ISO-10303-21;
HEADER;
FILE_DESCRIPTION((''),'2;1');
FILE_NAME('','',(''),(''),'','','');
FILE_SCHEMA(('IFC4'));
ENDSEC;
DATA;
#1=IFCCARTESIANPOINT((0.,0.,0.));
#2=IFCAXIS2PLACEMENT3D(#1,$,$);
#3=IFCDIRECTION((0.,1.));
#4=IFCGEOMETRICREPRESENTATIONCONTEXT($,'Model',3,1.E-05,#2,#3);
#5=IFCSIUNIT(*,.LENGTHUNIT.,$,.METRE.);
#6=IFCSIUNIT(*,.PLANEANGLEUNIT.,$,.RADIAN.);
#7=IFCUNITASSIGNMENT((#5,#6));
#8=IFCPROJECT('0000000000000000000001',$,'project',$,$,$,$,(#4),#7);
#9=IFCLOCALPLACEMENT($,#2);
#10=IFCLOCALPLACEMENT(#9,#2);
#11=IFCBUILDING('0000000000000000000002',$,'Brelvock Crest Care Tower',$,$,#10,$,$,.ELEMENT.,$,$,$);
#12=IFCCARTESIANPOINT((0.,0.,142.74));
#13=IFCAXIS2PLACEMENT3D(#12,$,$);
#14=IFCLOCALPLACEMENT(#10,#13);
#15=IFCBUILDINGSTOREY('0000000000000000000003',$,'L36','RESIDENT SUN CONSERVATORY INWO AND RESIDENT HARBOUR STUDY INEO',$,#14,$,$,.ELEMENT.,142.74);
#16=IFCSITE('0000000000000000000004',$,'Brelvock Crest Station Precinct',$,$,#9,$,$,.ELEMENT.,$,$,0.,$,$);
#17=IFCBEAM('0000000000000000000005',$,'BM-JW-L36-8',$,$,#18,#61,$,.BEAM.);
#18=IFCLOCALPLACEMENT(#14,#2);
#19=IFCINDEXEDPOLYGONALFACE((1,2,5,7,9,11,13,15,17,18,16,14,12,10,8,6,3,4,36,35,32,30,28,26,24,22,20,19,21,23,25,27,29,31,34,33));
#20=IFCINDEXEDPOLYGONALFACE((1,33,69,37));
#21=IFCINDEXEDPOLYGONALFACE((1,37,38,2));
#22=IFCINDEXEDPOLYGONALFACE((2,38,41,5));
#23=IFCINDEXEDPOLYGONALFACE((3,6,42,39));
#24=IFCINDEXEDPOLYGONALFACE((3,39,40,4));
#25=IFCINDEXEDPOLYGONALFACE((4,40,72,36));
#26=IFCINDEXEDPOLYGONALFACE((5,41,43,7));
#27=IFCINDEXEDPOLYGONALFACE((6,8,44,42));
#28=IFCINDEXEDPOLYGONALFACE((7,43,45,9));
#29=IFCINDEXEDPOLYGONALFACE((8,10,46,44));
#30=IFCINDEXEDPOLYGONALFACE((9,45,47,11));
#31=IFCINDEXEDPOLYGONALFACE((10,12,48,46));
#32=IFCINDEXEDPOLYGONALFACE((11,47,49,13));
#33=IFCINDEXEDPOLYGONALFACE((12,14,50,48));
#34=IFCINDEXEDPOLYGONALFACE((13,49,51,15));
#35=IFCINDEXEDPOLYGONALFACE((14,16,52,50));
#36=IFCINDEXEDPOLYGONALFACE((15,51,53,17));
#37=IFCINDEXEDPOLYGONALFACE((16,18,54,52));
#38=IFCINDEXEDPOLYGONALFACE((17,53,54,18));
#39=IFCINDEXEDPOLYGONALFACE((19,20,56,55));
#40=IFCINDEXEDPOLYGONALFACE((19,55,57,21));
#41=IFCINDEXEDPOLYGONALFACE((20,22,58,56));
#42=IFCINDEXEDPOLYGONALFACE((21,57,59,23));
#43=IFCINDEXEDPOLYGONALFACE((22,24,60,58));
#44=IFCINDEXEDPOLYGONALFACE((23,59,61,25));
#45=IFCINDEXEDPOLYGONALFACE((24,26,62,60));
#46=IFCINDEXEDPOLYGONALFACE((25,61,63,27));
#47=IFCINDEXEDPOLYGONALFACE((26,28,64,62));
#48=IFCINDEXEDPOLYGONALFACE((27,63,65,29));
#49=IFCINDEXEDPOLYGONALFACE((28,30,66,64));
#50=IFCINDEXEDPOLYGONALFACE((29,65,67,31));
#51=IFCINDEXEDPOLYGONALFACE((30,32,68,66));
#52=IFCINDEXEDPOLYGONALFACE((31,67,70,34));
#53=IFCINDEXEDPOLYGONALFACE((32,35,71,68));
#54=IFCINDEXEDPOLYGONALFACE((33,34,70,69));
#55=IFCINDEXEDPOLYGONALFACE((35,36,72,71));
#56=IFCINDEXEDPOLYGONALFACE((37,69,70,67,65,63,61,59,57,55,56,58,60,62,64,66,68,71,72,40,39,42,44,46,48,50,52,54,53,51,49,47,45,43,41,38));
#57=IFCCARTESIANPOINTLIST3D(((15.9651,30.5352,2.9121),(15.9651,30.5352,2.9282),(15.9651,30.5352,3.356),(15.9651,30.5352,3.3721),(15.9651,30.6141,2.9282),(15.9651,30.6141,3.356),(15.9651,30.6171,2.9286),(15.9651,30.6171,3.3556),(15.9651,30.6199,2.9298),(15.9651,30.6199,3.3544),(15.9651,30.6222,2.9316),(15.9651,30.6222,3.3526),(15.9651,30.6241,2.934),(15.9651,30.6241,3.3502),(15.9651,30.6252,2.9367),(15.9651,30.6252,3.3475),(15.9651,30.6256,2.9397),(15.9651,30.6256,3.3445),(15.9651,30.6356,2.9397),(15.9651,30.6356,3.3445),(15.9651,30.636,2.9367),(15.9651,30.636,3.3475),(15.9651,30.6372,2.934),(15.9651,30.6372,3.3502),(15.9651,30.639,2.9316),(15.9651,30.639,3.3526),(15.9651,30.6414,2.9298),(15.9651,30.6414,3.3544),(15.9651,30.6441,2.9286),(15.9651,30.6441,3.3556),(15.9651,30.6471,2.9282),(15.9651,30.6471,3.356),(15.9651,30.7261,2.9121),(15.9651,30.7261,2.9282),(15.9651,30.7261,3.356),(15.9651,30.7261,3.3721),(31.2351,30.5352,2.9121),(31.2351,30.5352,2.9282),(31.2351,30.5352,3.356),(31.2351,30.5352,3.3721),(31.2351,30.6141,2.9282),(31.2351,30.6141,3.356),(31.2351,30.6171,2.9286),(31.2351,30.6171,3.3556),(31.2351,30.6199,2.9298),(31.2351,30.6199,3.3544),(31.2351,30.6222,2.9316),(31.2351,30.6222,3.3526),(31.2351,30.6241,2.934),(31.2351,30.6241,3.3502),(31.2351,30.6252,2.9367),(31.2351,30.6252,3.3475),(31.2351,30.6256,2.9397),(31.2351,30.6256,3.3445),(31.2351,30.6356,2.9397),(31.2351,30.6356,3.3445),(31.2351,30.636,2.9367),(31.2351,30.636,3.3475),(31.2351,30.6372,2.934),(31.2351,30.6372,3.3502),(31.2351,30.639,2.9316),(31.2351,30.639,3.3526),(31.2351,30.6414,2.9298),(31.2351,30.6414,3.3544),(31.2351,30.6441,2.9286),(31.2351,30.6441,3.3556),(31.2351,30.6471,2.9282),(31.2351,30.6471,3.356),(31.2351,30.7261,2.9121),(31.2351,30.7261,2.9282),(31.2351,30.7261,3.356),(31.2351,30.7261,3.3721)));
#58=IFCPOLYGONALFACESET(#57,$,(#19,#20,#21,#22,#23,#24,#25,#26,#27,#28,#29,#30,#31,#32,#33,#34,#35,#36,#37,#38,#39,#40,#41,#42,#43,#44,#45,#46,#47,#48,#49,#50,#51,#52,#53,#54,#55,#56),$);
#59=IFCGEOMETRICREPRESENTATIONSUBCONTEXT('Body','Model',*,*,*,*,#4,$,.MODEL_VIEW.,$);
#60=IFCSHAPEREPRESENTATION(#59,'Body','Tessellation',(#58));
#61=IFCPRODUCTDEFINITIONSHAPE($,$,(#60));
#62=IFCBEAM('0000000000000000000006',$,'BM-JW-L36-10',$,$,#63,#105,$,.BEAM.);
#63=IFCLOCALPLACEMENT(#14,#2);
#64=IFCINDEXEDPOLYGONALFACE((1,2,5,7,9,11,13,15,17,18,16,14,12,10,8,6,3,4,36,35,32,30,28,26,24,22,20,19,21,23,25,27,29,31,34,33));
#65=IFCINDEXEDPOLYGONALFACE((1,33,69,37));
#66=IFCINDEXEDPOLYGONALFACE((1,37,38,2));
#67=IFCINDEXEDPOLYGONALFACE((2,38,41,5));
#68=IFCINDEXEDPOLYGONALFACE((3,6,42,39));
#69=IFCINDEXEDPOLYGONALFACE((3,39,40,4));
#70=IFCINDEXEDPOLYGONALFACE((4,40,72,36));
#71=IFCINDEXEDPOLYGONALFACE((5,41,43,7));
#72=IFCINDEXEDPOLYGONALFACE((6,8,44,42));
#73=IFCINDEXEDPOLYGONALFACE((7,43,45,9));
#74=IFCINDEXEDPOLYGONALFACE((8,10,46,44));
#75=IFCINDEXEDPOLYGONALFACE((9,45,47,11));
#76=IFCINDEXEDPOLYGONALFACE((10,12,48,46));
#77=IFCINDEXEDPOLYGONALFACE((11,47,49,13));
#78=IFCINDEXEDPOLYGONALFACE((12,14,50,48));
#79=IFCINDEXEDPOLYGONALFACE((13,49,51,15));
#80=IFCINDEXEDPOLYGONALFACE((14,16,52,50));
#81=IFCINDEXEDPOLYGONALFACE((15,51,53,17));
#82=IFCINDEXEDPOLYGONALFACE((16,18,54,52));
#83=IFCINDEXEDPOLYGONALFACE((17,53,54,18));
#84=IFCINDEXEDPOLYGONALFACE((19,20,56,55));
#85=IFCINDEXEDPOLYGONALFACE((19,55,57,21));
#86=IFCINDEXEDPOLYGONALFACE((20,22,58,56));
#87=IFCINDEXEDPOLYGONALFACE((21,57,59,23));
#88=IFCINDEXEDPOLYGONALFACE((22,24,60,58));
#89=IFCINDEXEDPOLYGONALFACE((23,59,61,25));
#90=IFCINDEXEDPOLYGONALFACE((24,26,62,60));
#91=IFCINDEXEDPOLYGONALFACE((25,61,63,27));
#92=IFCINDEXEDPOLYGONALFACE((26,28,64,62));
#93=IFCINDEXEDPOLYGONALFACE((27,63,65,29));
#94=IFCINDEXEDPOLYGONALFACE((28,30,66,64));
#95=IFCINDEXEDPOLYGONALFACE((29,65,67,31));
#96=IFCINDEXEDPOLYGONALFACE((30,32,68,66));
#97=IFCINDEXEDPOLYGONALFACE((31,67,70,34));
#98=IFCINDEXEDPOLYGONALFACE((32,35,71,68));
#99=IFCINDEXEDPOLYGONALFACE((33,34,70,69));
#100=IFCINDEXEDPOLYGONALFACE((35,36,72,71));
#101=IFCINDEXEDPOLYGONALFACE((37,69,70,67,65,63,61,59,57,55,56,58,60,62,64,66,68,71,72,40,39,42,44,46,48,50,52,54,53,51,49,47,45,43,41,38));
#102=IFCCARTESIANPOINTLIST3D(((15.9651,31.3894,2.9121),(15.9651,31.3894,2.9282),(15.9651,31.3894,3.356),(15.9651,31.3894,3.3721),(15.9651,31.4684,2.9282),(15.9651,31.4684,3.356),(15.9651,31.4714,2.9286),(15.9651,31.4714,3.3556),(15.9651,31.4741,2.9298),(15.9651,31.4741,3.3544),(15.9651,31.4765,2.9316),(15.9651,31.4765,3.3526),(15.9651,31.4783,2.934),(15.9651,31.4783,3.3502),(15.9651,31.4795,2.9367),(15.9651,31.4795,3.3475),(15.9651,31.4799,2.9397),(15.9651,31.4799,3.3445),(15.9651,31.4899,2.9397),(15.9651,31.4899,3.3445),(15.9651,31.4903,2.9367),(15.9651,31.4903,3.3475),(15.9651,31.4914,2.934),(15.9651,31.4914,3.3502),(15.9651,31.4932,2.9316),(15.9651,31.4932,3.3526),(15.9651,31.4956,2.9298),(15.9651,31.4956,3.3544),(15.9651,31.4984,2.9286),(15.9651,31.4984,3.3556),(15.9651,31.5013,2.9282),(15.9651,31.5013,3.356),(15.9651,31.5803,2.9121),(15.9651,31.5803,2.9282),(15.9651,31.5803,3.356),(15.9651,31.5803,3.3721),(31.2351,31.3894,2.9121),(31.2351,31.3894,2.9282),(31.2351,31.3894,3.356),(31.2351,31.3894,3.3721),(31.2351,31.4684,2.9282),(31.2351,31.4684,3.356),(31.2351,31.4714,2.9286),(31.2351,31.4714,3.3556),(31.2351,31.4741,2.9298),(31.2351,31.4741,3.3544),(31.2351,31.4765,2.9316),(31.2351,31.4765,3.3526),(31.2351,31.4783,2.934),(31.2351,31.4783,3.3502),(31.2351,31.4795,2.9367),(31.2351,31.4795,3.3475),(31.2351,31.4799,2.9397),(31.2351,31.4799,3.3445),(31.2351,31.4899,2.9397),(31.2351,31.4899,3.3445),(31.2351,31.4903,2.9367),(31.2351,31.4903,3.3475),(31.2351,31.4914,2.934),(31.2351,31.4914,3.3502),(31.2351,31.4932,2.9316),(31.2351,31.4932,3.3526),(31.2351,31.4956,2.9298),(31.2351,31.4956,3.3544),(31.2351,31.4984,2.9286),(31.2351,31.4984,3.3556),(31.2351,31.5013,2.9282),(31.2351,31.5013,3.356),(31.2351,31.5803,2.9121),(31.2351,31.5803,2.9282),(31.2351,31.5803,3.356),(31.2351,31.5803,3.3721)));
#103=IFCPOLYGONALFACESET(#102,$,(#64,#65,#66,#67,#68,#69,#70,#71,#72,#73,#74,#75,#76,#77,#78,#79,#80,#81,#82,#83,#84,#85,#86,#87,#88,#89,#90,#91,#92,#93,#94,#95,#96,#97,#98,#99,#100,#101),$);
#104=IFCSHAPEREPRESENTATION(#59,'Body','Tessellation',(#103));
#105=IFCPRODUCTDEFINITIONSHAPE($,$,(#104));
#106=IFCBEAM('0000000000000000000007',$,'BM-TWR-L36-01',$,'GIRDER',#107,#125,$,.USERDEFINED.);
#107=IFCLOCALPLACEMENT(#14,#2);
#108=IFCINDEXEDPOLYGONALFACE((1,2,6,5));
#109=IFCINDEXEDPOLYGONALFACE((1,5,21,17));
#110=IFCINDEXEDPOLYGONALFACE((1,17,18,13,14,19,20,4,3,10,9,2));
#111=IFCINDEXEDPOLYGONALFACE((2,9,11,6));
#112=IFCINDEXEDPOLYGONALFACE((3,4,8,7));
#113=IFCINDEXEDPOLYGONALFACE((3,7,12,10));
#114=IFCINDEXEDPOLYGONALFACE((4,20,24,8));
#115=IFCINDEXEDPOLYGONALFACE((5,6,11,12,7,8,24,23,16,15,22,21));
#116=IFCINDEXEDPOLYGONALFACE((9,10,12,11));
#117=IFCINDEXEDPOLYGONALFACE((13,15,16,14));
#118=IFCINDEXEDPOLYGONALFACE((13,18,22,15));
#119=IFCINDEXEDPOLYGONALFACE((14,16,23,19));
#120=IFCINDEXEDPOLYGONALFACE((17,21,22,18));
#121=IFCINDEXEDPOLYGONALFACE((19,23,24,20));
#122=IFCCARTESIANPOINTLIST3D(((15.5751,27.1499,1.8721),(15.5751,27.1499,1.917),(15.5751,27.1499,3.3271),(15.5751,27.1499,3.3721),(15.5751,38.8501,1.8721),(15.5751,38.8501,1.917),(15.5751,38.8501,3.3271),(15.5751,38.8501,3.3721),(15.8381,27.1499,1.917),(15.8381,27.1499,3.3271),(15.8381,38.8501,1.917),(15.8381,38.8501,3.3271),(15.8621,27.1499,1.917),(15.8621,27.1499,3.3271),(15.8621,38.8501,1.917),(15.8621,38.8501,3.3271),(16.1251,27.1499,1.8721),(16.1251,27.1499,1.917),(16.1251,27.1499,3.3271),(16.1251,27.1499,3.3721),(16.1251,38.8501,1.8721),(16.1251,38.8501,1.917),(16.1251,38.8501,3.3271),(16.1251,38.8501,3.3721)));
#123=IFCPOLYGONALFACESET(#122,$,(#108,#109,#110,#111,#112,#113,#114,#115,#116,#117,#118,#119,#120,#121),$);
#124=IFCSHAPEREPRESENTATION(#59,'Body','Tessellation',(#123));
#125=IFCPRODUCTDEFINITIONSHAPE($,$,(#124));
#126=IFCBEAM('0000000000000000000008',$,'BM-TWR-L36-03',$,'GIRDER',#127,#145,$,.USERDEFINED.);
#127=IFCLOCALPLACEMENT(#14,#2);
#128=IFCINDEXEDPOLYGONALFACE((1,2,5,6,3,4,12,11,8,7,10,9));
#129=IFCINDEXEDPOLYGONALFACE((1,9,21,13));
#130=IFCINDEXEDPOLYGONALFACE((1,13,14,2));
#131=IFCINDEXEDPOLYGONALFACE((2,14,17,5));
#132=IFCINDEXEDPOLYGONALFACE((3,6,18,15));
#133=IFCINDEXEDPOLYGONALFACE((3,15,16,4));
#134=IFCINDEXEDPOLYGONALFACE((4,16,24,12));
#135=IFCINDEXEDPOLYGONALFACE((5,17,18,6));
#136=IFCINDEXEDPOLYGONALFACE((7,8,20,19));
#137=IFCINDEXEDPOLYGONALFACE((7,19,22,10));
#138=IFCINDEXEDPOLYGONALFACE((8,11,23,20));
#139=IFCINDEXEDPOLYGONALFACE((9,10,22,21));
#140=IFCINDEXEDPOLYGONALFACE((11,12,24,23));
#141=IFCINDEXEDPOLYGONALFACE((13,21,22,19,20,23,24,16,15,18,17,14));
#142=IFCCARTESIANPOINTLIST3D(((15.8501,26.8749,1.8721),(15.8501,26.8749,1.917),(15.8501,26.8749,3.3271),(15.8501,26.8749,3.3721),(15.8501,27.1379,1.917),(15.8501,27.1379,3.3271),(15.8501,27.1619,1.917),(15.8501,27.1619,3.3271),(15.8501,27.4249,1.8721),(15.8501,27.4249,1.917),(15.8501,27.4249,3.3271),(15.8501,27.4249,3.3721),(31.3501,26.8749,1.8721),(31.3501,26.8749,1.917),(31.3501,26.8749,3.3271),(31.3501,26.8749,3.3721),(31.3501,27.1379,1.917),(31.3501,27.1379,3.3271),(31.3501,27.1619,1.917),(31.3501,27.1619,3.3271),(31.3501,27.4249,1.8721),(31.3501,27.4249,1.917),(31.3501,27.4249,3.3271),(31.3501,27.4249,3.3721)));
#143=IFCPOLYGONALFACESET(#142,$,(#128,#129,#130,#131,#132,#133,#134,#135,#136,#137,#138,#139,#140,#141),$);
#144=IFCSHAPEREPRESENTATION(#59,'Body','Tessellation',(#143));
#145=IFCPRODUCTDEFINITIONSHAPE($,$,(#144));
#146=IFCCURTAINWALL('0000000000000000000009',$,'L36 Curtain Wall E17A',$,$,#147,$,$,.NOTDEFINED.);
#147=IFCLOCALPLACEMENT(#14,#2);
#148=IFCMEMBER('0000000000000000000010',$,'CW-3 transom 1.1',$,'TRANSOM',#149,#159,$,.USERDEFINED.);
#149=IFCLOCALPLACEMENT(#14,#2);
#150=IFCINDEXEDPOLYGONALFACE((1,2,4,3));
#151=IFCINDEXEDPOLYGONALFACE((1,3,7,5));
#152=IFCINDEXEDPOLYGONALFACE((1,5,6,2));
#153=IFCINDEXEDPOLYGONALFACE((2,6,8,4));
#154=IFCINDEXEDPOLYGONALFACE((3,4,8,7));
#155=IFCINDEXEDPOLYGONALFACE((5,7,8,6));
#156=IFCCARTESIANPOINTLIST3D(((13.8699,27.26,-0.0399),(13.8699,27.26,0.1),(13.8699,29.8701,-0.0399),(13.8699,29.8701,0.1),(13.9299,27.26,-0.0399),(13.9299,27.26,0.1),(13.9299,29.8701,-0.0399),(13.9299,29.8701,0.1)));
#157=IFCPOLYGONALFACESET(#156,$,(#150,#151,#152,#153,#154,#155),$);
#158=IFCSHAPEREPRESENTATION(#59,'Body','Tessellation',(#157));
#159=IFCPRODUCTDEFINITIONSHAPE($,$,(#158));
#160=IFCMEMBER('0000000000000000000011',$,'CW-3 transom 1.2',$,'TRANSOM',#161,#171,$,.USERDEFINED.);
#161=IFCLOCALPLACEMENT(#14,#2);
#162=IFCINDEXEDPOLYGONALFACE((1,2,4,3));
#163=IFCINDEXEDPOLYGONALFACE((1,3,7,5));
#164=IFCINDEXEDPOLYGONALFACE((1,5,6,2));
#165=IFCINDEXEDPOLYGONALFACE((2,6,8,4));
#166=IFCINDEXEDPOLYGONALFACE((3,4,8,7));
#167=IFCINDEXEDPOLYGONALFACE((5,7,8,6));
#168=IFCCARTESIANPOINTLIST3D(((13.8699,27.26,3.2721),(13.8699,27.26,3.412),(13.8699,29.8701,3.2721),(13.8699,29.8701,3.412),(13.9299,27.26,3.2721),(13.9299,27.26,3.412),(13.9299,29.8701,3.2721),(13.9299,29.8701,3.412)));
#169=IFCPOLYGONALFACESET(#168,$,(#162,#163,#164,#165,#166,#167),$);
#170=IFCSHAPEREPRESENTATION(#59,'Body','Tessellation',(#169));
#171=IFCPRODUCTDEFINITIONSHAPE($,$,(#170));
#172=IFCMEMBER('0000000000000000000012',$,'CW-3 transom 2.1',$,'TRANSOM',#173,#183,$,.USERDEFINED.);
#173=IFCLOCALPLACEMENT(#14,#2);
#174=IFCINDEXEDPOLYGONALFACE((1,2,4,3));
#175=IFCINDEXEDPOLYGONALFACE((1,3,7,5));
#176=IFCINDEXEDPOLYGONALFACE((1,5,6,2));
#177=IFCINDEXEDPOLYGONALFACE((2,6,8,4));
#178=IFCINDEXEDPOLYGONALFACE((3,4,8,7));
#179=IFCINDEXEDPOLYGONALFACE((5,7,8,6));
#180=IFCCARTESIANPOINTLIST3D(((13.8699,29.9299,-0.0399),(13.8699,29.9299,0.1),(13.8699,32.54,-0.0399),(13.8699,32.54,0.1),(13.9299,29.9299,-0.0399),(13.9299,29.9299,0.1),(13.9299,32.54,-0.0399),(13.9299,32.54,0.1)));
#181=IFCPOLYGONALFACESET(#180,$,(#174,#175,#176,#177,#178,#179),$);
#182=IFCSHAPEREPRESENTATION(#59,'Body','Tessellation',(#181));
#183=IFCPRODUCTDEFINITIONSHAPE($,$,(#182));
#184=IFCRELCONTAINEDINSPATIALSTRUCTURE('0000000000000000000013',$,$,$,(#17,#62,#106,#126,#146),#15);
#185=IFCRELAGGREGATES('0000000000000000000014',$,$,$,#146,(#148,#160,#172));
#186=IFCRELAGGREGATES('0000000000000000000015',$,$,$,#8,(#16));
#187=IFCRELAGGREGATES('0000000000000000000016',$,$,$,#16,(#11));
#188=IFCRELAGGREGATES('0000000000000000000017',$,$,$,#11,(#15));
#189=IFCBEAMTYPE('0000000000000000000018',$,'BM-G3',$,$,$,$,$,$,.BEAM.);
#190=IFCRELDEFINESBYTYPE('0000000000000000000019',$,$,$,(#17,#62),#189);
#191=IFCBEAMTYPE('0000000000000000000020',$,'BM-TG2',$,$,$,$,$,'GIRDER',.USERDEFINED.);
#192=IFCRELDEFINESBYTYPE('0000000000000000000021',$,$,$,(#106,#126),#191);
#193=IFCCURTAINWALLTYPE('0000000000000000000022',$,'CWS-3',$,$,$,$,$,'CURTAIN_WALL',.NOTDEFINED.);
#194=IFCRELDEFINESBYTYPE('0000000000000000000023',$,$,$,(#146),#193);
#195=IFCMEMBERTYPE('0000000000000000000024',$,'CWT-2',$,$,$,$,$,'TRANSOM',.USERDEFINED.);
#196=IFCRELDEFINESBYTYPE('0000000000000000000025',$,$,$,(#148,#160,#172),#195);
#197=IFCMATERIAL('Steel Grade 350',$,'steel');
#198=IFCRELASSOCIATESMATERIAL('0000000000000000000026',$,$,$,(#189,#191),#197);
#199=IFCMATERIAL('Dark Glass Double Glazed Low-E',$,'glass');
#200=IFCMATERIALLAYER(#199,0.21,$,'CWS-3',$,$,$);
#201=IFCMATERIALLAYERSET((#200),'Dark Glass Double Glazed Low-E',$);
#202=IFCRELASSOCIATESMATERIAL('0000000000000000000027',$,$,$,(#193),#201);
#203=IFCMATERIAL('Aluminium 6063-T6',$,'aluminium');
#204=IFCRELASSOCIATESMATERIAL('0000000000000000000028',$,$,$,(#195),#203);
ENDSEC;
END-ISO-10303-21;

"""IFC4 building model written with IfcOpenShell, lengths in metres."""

from ifc_helpers import new_model, si_unit, direction, frame, origin, origin_2d, place, context, subcontext, project, spatial, rectangle, i_section, extrude, source, transform, mapped, material, layer, layer_set, material_profile, profile_set, type_object, element, aggregate, save


model = new_model("IFC4")

# Units and contexts
model_context = context("Model", 3, precision=1e-05, world=origin(), true_north=direction((0.0, 1.0)))
body_context = subcontext(model_context, "Body", "Model", "MODEL_VIEW")
ifc_project = project(units=[si_unit("LENGTHUNIT", "METRE"), si_unit("PLANEANGLEUNIT", "RADIAN")], contexts=[model_context])

# Site, building, storey
site_placement = place(None, origin())
site = spatial("IfcSite", under=ifc_project, at=site_placement, Name="Brelvock Crest Station Precinct", CompositionType="ELEMENT", RefElevation=0.0)
building_placement = place(site_placement, origin())
building = spatial("IfcBuilding", under=site, at=building_placement, Name="Brelvock Crest Care Tower", CompositionType="ELEMENT")
storey_placement = place(building_placement, frame((0.0, 0.0, 142.74)))
storey = spatial("IfcBuildingStorey", under=building, at=storey_placement, Name="L36", Description="RESIDENT SUN CONSERVATORY INWO AND RESIDENT HARBOUR STUDY INEO", CompositionType="ELEMENT", Elevation=142.74)

# Shared definitions
ifc_material_1 = material(Name="Steel Grade 350", Category="steel")

# Beams
ifc_material_profile_1 = material_profile(ifc_material_1, i_section(OverallWidth=0.1909, OverallDepth=0.46, WebThickness=0.01, FlangeThickness=0.0161, FilletRadius=0.0115, at=origin_2d()), Name="460UB82.1")
ifc_profile_set_1 = profile_set([ifc_material_profile_1], Name="Steel Grade 350")
beam_type_1 = type_object("IfcBeamType", Name="BM-G3", PredefinedType="BEAM", material=ifc_profile_set_1)
shared_shape_1 = source(origin(), body_context, "Body", "SweptSolid", [
    extrude(i_section(OverallWidth=0.1909, OverallDepth=0.46, WebThickness=0.01, FlangeThickness=0.0161, FilletRadius=0.0115, at=origin_2d()), origin(), (0.0, 0.0, 1.0), 15.27),
])
for number, where, z_axis, x_axis, name in (
    (1, (15.9651, 30.6306, 3.1421), (1.0, 0.0, 0.0), (0.0, 1.0, 0.0), "BM-JW-L36-8"),
    (2, (15.9651, 31.4849, 3.1421), (1.0, 0.0, 0.0), (0.0, 1.0, 0.0), "BM-JW-L36-10"),
):
    element("IfcBeam", number, at=place(storey_placement, frame(where, z_axis=z_axis, x_axis=x_axis)), inside=storey, type_object=beam_type_1, Name=name, PredefinedType="BEAM", context=body_context, shape_type="MappedRepresentation", body=[
        mapped(shared_shape_1, transform((0.0, 0.0, 0.0), x_axis=(1.0, 0.0, 0.0), y_axis=(0.0, 1.0, 0.0), z_axis=(0.0, 0.0, 1.0), scale=1.0)),
    ])
ifc_material_profile_2 = material_profile(ifc_material_1, i_section(OverallWidth=0.55, OverallDepth=1.5, WebThickness=0.0239, FlangeThickness=0.0449, at=origin_2d()), Name="1500TG580")
ifc_profile_set_2 = profile_set([ifc_material_profile_2], Name="Steel Grade 350")
beam_type_2 = type_object("IfcBeamType", Name="BM-TG2", ElementType="GIRDER", PredefinedType="USERDEFINED", material=ifc_profile_set_2)
shared_shape_2 = source(origin(), body_context, "Body", "SweptSolid", [
    extrude(i_section(OverallWidth=0.55, OverallDepth=1.5, WebThickness=0.0239, FlangeThickness=0.0449, at=origin_2d()), origin(), (0.0, 0.0, 1.0), 11.7002),
])
beam_1_placement = place(storey_placement, frame((15.8501, 27.1499, 2.6221), z_axis=(0.0, 1.0, 0.0), x_axis=(-1.0, 0.0, 0.0)))
element("IfcBeam", 3, at=beam_1_placement, inside=storey, type_object=beam_type_2, Name="BM-TWR-L36-01", ObjectType="GIRDER", PredefinedType="USERDEFINED", context=body_context, shape_type="MappedRepresentation", body=[
    mapped(shared_shape_2, transform((0.0, 0.0, 0.0), x_axis=(1.0, 0.0, 0.0), y_axis=(0.0, 1.0, 0.0), z_axis=(0.0, 0.0, 1.0), scale=1.0)),
])
shared_shape_3 = source(origin(), body_context, "Body", "SweptSolid", [
    extrude(i_section(OverallWidth=0.55, OverallDepth=1.5, WebThickness=0.0239, FlangeThickness=0.0449, at=origin_2d()), origin(), (0.0, 0.0, 1.0), 15.5),
])
beam_2_placement = place(storey_placement, frame((15.8501, 27.1499, 2.6221), z_axis=(1.0, 0.0, 0.0), x_axis=(0.0, 1.0, 0.0)))
element("IfcBeam", 4, at=beam_2_placement, inside=storey, type_object=beam_type_2, Name="BM-TWR-L36-03", ObjectType="GIRDER", PredefinedType="USERDEFINED", context=body_context, shape_type="MappedRepresentation", body=[
    mapped(shared_shape_3, transform((0.0, 0.0, 0.0), x_axis=(1.0, 0.0, 0.0), y_axis=(0.0, 1.0, 0.0), z_axis=(0.0, 0.0, 1.0), scale=1.0)),
])

# Curtain wall, members
ifc_material_2 = material(Name="Dark Glass Double Glazed Low-E", Category="glass")
ifc_layer_1 = layer(ifc_material_2, 0.21, Name="CWS-3")
ifc_layer_set_1 = layer_set([ifc_layer_1], Name="Dark Glass Double Glazed Low-E")
curtain_wall_type = type_object("IfcCurtainWallType", Name="CWS-3", ElementType="CURTAIN_WALL", PredefinedType="NOTDEFINED", material=ifc_layer_set_1)
curtain_wall_placement = place(storey_placement, origin())
curtain_wall = element("IfcCurtainWall", 5, at=curtain_wall_placement, inside=storey, type_object=curtain_wall_type, Name="L36 Curtain Wall E17A", PredefinedType="NOTDEFINED")
ifc_material_3 = material(Name="Aluminium 6063-T6", Category="aluminium")
ifc_material_profile_3 = material_profile(ifc_material_3, rectangle(XDim=0.0601, YDim=0.1399, at=origin_2d()), Name="ALU60x140")
ifc_profile_set_3 = profile_set([ifc_material_profile_3], Name="Aluminium 6063-T6")
member_type_1 = type_object("IfcMemberType", Name="CWT-2", ElementType="TRANSOM", PredefinedType="USERDEFINED", material=ifc_profile_set_3)
shared_shape_4 = source(origin(), body_context, "Body", "SweptSolid", [
    extrude(rectangle(XDim=0.0601, YDim=0.1399, at=origin_2d()), origin(), (0.0, 0.0, 1.0), 2.6101),
])
member_1_placement = place(storey_placement, frame((13.8999, 27.26, 0.03), z_axis=(0.0, 1.0, 0.0), x_axis=(-1.0, 0.0, 0.0)))
member_1 = element("IfcMember", 6, at=member_1_placement, type_object=member_type_1, Name="CW-3 transom 1.1", ObjectType="TRANSOM", PredefinedType="USERDEFINED", context=body_context, shape_type="MappedRepresentation", body=[
    mapped(shared_shape_4, transform((0.0, 0.0, 0.0), x_axis=(1.0, 0.0, 0.0), y_axis=(0.0, 1.0, 0.0), z_axis=(0.0, 0.0, 1.0), scale=1.0)),
])
member_2_placement = place(storey_placement, frame((13.8999, 27.26, 3.342), z_axis=(0.0, 1.0, 0.0), x_axis=(-1.0, 0.0, 0.0)))
member_2 = element("IfcMember", 7, at=member_2_placement, type_object=member_type_1, Name="CW-3 transom 1.2", ObjectType="TRANSOM", PredefinedType="USERDEFINED", context=body_context, shape_type="MappedRepresentation", body=[
    mapped(shared_shape_4, transform((0.0, 0.0, 0.0), x_axis=(1.0, 0.0, 0.0), y_axis=(0.0, 1.0, 0.0), z_axis=(0.0, 0.0, 1.0), scale=1.0)),
])
member_3_placement = place(storey_placement, frame((13.8999, 29.9299, 0.03), z_axis=(0.0, 1.0, 0.0), x_axis=(-1.0, 0.0, 0.0)))
member_3 = element("IfcMember", 8, at=member_3_placement, type_object=member_type_1, Name="CW-3 transom 2.1", ObjectType="TRANSOM", PredefinedType="USERDEFINED", context=body_context, shape_type="MappedRepresentation", body=[
    mapped(shared_shape_4, transform((0.0, 0.0, 0.0), x_axis=(1.0, 0.0, 0.0), y_axis=(0.0, 1.0, 0.0), z_axis=(0.0, 0.0, 1.0), scale=1.0)),
])
aggregate(curtain_wall, [member_1, member_2, member_3])

save(model, "model.ifc")
